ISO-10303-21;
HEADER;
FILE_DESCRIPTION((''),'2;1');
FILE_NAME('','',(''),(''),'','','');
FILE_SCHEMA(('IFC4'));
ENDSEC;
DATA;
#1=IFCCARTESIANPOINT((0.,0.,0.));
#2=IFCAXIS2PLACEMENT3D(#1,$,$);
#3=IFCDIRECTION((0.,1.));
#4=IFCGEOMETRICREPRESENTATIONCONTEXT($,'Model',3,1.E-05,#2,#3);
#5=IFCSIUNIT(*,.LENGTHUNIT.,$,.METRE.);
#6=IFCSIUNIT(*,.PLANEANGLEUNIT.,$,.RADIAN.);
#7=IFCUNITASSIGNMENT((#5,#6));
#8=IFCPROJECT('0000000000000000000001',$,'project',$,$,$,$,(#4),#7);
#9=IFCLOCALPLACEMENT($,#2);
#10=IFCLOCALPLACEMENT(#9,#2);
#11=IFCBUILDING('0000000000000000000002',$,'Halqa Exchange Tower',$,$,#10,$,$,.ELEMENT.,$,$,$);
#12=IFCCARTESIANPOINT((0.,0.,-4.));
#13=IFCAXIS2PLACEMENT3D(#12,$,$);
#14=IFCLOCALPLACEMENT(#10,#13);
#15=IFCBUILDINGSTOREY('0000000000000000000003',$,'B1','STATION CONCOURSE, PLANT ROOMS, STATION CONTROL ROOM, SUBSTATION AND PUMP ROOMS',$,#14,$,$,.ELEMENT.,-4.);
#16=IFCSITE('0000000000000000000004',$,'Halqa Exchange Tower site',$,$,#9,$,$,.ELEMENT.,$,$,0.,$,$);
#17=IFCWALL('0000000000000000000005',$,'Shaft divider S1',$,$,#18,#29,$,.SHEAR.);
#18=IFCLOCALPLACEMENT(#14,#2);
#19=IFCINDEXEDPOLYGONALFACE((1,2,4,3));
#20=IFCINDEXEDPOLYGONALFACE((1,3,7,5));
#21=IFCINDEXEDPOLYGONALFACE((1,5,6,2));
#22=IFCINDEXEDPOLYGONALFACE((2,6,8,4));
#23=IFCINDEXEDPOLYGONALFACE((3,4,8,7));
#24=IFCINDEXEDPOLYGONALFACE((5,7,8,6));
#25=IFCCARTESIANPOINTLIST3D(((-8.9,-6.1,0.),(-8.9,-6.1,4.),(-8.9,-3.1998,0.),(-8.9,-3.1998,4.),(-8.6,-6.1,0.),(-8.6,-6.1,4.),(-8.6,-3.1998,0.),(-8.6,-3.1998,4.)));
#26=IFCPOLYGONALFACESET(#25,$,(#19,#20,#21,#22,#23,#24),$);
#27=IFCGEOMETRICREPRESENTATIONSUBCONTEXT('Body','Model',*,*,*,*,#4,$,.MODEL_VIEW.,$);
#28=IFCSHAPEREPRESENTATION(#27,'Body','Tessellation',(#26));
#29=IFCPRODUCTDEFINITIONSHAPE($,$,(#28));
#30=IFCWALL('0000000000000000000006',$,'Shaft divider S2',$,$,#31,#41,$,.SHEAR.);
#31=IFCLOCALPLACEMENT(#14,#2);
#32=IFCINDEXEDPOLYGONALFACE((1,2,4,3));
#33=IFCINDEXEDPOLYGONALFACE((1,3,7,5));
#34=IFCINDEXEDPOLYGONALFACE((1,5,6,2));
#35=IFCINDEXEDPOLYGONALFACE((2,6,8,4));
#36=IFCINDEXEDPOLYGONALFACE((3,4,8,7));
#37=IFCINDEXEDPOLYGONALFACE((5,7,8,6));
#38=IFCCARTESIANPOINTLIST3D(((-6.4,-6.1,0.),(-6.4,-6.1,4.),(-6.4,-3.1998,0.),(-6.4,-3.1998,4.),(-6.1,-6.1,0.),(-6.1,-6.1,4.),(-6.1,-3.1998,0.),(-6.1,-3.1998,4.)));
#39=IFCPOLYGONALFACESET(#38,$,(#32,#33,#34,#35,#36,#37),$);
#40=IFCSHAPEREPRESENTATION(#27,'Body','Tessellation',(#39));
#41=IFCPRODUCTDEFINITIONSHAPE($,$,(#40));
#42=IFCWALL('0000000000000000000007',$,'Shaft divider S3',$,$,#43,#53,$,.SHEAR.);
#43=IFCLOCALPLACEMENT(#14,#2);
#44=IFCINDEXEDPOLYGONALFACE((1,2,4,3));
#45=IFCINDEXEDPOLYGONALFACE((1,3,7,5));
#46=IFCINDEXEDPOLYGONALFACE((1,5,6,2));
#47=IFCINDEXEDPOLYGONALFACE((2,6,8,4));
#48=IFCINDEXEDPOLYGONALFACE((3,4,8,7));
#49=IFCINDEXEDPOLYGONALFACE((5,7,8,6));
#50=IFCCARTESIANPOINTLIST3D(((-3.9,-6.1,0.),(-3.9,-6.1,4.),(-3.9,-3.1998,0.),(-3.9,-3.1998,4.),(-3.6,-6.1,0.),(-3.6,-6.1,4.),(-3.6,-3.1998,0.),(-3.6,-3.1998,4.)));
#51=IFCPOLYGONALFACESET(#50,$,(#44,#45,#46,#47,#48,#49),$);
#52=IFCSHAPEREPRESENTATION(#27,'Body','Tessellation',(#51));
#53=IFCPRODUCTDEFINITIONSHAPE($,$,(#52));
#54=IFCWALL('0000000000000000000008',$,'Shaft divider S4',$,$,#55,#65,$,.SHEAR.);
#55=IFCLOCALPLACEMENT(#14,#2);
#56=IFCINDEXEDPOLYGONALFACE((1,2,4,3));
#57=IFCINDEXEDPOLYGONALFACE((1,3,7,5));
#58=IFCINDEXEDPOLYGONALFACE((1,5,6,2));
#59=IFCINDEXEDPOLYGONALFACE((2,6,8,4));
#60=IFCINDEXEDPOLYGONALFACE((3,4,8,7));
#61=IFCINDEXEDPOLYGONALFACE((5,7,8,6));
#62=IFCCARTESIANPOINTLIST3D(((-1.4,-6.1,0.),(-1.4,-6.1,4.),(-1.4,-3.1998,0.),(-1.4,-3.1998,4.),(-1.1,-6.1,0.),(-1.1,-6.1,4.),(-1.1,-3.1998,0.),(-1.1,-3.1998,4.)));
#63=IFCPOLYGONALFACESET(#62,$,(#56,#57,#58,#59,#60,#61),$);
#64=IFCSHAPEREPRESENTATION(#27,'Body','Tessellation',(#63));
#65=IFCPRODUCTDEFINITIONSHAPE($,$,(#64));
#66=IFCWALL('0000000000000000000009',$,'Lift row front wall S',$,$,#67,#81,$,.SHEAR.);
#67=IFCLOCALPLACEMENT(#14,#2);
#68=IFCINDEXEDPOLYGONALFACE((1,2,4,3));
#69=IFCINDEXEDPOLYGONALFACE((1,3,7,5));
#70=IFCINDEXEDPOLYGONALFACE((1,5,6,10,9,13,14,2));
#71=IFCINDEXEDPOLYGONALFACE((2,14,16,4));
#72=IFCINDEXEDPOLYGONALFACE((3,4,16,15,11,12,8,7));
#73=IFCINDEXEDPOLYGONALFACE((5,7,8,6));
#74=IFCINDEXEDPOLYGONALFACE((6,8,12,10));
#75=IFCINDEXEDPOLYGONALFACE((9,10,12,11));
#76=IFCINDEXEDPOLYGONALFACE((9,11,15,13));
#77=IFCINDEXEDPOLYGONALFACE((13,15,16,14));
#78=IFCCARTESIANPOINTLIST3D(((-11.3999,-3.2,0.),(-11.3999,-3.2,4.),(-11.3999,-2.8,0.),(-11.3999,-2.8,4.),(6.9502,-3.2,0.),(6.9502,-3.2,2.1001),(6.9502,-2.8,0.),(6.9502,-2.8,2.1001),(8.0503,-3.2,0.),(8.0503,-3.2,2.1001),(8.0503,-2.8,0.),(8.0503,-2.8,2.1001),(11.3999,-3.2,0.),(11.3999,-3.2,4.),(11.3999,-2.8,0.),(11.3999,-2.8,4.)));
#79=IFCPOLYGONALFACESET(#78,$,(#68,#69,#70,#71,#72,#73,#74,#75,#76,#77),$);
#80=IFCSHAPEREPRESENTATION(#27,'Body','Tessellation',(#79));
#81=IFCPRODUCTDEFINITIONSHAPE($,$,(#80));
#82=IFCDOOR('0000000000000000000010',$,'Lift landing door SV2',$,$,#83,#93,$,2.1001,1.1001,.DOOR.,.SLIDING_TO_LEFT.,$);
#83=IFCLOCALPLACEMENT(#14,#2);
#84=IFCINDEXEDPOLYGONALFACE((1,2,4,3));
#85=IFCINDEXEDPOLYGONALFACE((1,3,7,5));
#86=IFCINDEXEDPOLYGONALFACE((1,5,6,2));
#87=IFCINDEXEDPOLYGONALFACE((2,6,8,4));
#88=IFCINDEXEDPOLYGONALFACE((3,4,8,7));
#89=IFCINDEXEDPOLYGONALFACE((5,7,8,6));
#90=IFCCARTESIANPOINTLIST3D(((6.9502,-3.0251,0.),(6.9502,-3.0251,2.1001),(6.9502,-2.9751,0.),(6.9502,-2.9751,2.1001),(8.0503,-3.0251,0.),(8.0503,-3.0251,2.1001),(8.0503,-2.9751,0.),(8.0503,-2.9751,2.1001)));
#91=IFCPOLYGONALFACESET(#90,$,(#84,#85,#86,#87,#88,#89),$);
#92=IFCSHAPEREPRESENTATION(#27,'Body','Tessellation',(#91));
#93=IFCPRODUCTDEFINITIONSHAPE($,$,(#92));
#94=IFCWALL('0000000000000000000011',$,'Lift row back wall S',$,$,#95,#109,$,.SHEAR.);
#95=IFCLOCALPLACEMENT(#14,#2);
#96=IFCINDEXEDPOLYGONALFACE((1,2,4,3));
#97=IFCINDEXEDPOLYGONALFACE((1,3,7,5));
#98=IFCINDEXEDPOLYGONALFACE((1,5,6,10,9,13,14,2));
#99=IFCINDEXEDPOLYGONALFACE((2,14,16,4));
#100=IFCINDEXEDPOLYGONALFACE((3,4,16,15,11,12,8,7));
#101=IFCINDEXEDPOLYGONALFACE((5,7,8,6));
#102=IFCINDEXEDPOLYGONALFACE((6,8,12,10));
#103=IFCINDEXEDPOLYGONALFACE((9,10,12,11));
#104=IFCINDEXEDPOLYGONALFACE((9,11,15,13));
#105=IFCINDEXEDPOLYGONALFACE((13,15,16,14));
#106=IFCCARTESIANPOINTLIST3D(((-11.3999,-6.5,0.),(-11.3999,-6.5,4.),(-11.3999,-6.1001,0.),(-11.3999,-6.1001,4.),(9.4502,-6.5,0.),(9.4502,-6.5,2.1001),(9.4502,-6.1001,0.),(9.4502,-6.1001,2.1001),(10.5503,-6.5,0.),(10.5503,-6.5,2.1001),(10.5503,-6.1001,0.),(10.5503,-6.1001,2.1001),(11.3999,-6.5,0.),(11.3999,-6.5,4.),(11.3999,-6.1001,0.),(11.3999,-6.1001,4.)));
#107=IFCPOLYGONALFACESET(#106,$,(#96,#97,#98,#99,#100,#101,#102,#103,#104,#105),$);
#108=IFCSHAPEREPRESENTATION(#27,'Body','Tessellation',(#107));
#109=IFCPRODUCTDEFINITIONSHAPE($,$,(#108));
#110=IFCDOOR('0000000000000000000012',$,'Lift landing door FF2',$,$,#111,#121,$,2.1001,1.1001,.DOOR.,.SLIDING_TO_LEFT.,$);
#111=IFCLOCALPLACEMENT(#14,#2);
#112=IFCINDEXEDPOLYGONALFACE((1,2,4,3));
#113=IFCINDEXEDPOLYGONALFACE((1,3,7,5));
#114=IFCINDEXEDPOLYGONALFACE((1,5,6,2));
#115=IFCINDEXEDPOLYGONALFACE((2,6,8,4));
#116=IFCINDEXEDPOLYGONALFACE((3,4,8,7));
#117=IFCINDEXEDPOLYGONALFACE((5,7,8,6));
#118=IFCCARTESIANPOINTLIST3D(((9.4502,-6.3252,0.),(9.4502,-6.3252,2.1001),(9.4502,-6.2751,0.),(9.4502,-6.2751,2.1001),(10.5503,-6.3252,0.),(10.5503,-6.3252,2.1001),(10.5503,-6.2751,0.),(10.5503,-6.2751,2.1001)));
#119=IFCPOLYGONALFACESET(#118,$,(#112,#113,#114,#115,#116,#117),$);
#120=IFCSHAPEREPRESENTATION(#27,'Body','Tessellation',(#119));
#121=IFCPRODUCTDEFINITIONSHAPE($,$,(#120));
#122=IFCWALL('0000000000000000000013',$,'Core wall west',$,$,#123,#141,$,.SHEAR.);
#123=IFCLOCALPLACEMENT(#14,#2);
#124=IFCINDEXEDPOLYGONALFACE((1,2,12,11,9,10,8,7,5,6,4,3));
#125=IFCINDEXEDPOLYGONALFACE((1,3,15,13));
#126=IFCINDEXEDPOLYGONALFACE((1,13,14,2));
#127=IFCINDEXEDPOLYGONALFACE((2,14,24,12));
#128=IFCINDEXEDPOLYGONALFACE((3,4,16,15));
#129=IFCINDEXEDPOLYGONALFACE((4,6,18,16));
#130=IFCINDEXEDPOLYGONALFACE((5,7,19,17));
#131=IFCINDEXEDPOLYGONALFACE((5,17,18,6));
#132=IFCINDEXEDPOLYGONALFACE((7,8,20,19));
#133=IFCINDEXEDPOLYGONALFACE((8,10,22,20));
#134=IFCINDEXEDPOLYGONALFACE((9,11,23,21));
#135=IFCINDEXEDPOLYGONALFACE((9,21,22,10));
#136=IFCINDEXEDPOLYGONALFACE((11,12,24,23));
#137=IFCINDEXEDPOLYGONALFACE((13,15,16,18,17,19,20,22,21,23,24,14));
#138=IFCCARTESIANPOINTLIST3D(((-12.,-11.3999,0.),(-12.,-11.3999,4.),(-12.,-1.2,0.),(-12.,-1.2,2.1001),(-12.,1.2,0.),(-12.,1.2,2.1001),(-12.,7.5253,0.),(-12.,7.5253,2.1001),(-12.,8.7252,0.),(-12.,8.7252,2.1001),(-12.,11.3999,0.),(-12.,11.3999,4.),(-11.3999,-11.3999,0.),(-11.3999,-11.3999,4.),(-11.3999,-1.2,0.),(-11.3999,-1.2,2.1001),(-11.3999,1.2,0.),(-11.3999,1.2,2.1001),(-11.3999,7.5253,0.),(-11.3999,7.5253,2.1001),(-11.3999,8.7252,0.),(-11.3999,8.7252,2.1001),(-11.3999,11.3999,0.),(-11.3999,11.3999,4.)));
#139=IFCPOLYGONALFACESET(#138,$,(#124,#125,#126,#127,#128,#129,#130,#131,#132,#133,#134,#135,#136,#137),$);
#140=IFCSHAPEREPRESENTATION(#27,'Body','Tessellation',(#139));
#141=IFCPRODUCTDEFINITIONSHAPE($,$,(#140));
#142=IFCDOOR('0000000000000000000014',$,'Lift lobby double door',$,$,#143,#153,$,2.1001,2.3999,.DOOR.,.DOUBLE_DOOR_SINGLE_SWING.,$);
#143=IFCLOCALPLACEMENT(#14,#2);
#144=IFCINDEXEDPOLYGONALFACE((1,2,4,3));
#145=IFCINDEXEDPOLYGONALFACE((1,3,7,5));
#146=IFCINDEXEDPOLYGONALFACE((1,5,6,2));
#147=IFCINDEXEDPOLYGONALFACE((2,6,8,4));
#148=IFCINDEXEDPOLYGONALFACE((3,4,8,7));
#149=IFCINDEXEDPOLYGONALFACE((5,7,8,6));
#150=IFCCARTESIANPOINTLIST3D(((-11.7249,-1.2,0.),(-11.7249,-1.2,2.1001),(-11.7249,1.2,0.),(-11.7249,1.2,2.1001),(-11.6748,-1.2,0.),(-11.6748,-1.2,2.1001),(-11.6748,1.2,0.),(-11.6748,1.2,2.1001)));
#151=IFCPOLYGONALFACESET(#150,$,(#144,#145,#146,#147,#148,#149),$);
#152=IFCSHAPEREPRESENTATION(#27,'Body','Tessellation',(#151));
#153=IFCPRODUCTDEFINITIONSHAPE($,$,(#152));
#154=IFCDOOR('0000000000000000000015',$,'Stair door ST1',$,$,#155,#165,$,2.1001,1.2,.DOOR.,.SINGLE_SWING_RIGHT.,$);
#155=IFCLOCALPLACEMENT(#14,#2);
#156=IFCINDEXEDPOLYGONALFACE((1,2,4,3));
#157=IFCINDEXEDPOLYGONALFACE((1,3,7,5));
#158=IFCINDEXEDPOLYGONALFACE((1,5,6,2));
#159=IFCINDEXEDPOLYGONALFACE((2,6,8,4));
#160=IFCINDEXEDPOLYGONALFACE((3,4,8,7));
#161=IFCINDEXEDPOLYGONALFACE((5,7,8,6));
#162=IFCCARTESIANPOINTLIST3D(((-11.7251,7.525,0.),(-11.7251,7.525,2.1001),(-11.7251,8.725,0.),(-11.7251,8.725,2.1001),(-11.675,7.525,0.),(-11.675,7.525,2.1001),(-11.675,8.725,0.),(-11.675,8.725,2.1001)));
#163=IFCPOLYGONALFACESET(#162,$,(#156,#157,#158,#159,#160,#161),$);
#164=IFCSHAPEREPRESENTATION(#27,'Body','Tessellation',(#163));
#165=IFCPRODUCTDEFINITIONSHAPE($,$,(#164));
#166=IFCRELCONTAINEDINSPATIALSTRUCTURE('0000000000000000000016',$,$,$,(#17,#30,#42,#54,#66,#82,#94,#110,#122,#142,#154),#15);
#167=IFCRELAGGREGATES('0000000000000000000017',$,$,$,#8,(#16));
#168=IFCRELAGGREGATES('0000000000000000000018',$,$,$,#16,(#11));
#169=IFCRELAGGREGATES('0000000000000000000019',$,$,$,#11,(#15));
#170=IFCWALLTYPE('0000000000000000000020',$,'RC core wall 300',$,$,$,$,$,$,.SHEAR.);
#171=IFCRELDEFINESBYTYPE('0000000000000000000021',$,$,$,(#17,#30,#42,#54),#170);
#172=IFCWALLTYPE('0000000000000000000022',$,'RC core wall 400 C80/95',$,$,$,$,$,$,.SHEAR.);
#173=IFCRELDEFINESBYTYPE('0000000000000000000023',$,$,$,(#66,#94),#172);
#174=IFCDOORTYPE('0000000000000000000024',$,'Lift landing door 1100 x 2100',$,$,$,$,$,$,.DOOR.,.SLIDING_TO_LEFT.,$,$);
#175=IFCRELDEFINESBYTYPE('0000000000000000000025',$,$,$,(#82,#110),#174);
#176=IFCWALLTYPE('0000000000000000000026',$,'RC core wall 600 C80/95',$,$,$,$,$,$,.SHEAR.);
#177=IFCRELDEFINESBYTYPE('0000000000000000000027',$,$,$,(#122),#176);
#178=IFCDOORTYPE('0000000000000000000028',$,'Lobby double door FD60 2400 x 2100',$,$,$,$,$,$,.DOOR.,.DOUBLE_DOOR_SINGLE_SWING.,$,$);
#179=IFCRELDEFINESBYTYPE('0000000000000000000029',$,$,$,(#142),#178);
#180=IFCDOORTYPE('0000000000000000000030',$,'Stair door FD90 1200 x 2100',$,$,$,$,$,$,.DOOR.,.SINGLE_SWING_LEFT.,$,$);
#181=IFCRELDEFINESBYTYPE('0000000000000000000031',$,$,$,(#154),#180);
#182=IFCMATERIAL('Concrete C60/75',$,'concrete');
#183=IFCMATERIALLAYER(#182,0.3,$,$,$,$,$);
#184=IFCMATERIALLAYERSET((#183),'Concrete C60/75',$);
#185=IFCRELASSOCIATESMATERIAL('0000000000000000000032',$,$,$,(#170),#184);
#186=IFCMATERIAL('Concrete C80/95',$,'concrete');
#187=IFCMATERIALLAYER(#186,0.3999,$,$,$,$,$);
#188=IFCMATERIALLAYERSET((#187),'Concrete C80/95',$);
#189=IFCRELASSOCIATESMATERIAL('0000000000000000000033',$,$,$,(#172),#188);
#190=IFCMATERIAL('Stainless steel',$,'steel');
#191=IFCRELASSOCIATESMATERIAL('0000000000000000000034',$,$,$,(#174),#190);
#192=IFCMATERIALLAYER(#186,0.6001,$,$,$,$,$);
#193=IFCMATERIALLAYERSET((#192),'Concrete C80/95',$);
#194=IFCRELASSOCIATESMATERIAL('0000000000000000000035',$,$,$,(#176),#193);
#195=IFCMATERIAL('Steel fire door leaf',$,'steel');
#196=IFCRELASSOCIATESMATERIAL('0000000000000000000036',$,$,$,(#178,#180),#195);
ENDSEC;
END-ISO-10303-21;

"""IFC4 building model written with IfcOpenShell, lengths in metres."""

from ifc_helpers import new_model, si_unit, direction, frame, frame_2d, origin, place, context, subcontext, project, spatial, rectangle, extrude, material, layer, layer_set, type_object, element, fill, save


model = new_model("IFC4")

# Units and contexts
model_context = context("Model", 3, precision=1e-05, world=origin(), true_north=direction((0.0, 1.0)))
body_context = subcontext(model_context, "Body", "Model", "MODEL_VIEW")
ifc_project = project(units=[si_unit("LENGTHUNIT", "METRE"), si_unit("PLANEANGLEUNIT", "RADIAN")], contexts=[model_context])

# Site, building, storey
site_placement = place(None, origin())
site = spatial("IfcSite", under=ifc_project, at=site_placement, Name="Halqa Exchange Tower site", CompositionType="ELEMENT", RefElevation=0.0)
building_placement = place(site_placement, origin())
building = spatial("IfcBuilding", under=site, at=building_placement, Name="Halqa Exchange Tower", CompositionType="ELEMENT")
storey_placement = place(building_placement, frame((0.0, 0.0, -4.0)))
storey = spatial("IfcBuildingStorey", under=building, at=storey_placement, Name="B1", Description="STATION CONCOURSE, PLANT ROOMS, STATION CONTROL ROOM, SUBSTATION AND PUMP ROOMS", CompositionType="ELEMENT", Elevation=-4.0)

# Shared definitions
ifc_material_1 = material(Name="Concrete C60/75", Category="concrete")

# Shared definitions
ifc_material_2 = material(Name="Steel fire door leaf", Category="steel")

# Walls
ifc_layer_1 = layer(ifc_material_1, 0.3)
ifc_layer_set_1 = layer_set([ifc_layer_1], Name="Concrete C60/75")
wall_type_1 = type_object("IfcWallType", Name="RC core wall 300", PredefinedType="SHEAR", material=ifc_layer_set_1)
for number, where, z_axis, x_axis, name in (
    (1, (-8.75, -6.1001, 0.0), (0.0, 0.0, 1.0), (0.0, 1.0, 0.0), "Shaft divider S1"),
    (2, (-6.25, -6.1001, 0.0), (0.0, 0.0, 1.0), (0.0, 1.0, 0.0), "Shaft divider S2"),
    (3, (-3.75, -6.1001, 0.0), (0.0, 0.0, 1.0), (0.0, 1.0, 0.0), "Shaft divider S3"),
    (4, (-1.25, -6.1001, 0.0), (0.0, 0.0, 1.0), (0.0, 1.0, 0.0), "Shaft divider S4"),
):
    element("IfcWall", number, at=place(storey_placement, frame(where, z_axis=z_axis, x_axis=x_axis)), inside=storey, type_object=wall_type_1, Name=name, PredefinedType="SHEAR", context=body_context, shape_type="SweptSolid", body=[
        extrude(rectangle(XDim=2.9001, YDim=0.3, at=frame_2d((1.4502, 0.0))), origin(), (0.0, 0.0, 1.0), 4.0),
    ])

# Walls, openings, doors
ifc_material_3 = material(Name="Concrete C80/95", Category="concrete")
ifc_layer_2 = layer(ifc_material_3, 0.3999)
ifc_layer_set_2 = layer_set([ifc_layer_2], Name="Concrete C80/95")
wall_type_2 = type_object("IfcWallType", Name="RC core wall 400 C80/95", PredefinedType="SHEAR", material=ifc_layer_set_2)
wall_1_placement = place(storey_placement, frame((-11.3999, -3.0, 0.0), z_axis=(0.0, 0.0, 1.0), x_axis=(1.0, 0.0, 0.0)))
wall_1 = element("IfcWall", 5, at=wall_1_placement, inside=storey, type_object=wall_type_2, Name="Lift row front wall S", PredefinedType="SHEAR", context=body_context, shape_type="SweptSolid", body=[
    extrude(rectangle(XDim=22.7998, YDim=0.3999, at=frame_2d((11.3999, 0.0))), origin(), (0.0, 0.0, 1.0), 4.0),
])
opening_1_placement = place(wall_1_placement, frame((18.3501, 0.0, 0.0)))
opening_1 = element("IfcOpeningElement", 6, at=opening_1_placement, cuts=wall_1, PredefinedType="OPENING", context=body_context, shape_type="SweptSolid", body=[
    extrude(rectangle(XDim=1.1001, YDim=2.1001, at=frame_2d((0.55, 1.05))), frame((0.0, 0.2119, 0.0), z_axis=(0.0, -1.0, 0.0), x_axis=(1.0, 0.0, 0.0)), (0.0, 0.0, 1.0), 0.4238),
])
ifc_material_4 = material(Name="Stainless steel", Category="steel")
door_type_1 = type_object("IfcDoorType", Name="Lift landing door 1100 x 2100", OperationType="SLIDING_TO_LEFT", PredefinedType="DOOR", material=ifc_material_4)
door_1_placement = place(opening_1_placement, origin())
door_1 = element("IfcDoor", 7, at=door_1_placement, inside=storey, type_object=door_type_1, Name="Lift landing door SV2", OperationType="SLIDING_TO_LEFT", OverallHeight=2.1001, OverallWidth=1.1001, PredefinedType="DOOR", context=body_context, shape_type="SweptSolid", body=[
    extrude(rectangle(XDim=1.1001, YDim=2.1001, at=frame_2d((0.55, 1.05))), frame((0.0, 0.0249, 0.0), z_axis=(0.0, -1.0, 0.0), x_axis=(1.0, 0.0, 0.0)), (0.0, 0.0, 1.0), 0.05),
])
fill(opening_1, door_1)
wall_2_placement = place(storey_placement, frame((-11.3999, -6.3, 0.0), z_axis=(0.0, 0.0, 1.0), x_axis=(1.0, 0.0, 0.0)))
wall_2 = element("IfcWall", 8, at=wall_2_placement, inside=storey, type_object=wall_type_2, Name="Lift row back wall S", PredefinedType="SHEAR", context=body_context, shape_type="SweptSolid", body=[
    extrude(rectangle(XDim=22.7998, YDim=0.3999, at=frame_2d((11.3999, 0.0))), origin(), (0.0, 0.0, 1.0), 4.0),
])
opening_2_placement = place(wall_2_placement, frame((20.8501, 0.0, 0.0)))
opening_2 = element("IfcOpeningElement", 9, at=opening_2_placement, cuts=wall_2, PredefinedType="OPENING", context=body_context, shape_type="SweptSolid", body=[
    extrude(rectangle(XDim=1.1001, YDim=2.1001, at=frame_2d((0.55, 1.05))), frame((0.0, 0.2119, 0.0), z_axis=(0.0, -1.0, 0.0), x_axis=(1.0, 0.0, 0.0)), (0.0, 0.0, 1.0), 0.4238),
])
door_2_placement = place(opening_2_placement, origin())
door_2 = element("IfcDoor", 10, at=door_2_placement, inside=storey, type_object=door_type_1, Name="Lift landing door FF2", OperationType="SLIDING_TO_LEFT", OverallHeight=2.1001, OverallWidth=1.1001, PredefinedType="DOOR", context=body_context, shape_type="SweptSolid", body=[
    extrude(rectangle(XDim=1.1001, YDim=2.1001, at=frame_2d((0.55, 1.05))), frame((0.0, 0.0249, 0.0), z_axis=(0.0, -1.0, 0.0), x_axis=(1.0, 0.0, 0.0)), (0.0, 0.0, 1.0), 0.05),
])
fill(opening_2, door_2)

# Wall, openings, doors
ifc_layer_3 = layer(ifc_material_3, 0.6001)
ifc_layer_set_3 = layer_set([ifc_layer_3], Name="Concrete C80/95")
wall_type_3 = type_object("IfcWallType", Name="RC core wall 600 C80/95", PredefinedType="SHEAR", material=ifc_layer_set_3)
wall_3_placement = place(storey_placement, frame((-11.7, -11.3999, 0.0), z_axis=(0.0, 0.0, 1.0), x_axis=(0.0, 1.0, 0.0)))
wall_3 = element("IfcWall", 11, at=wall_3_placement, inside=storey, type_object=wall_type_3, Name="Core wall west", PredefinedType="SHEAR", context=body_context, shape_type="SweptSolid", body=[
    extrude(rectangle(XDim=22.7998, YDim=0.6001, at=frame_2d((11.3999, 0.0))), origin(), (0.0, 0.0, 1.0), 4.0),
])
opening_3_placement = place(wall_3_placement, frame((10.2, 0.0, 0.0)))
opening_3 = element("IfcOpeningElement", 12, at=opening_3_placement, cuts=wall_3, PredefinedType="OPENING", context=body_context, shape_type="SweptSolid", body=[
    extrude(rectangle(XDim=2.3999, YDim=2.1001, at=frame_2d((1.2, 1.05))), frame((0.0, 0.312, 0.0), z_axis=(0.0, -1.0, 0.0), x_axis=(1.0, 0.0, 0.0)), (0.0, 0.0, 1.0), 0.624),
])
opening_4_placement = place(wall_3_placement, frame((18.925, 0.0, 0.0)))
opening_4 = element("IfcOpeningElement", 13, at=opening_4_placement, cuts=wall_3, PredefinedType="OPENING", context=body_context, shape_type="SweptSolid", body=[
    extrude(rectangle(XDim=1.2, YDim=2.1001, at=frame_2d((0.6001, 1.05))), frame((0.0, 0.312, 0.0), z_axis=(0.0, -1.0, 0.0), x_axis=(1.0, 0.0, 0.0)), (0.0, 0.0, 1.0), 0.624),
])
door_type_2 = type_object("IfcDoorType", Name="Lobby double door FD60 2400 x 2100", OperationType="DOUBLE_DOOR_SINGLE_SWING", PredefinedType="DOOR", material=ifc_material_2)
door_3_placement = place(opening_3_placement, origin())
door_3 = element("IfcDoor", 14, at=door_3_placement, inside=storey, type_object=door_type_2, Name="Lift lobby double door", OperationType="DOUBLE_DOOR_SINGLE_SWING", OverallHeight=2.1001, OverallWidth=2.3999, PredefinedType="DOOR", context=body_context, shape_type="SweptSolid", body=[
    extrude(rectangle(XDim=2.3999, YDim=2.1001, at=frame_2d((1.2, 1.05))), frame((0.0, 0.0249, 0.0), z_axis=(0.0, -1.0, 0.0), x_axis=(1.0, 0.0, 0.0)), (0.0, 0.0, 1.0), 0.05),
])
fill(opening_3, door_3)
door_type_3 = type_object("IfcDoorType", Name="Stair door FD90 1200 x 2100", OperationType="SINGLE_SWING_LEFT", PredefinedType="DOOR", material=ifc_material_2)
door_4_placement = place(opening_4_placement, frame((1.2, 0.0, 0.0), z_axis=(0.0, 0.0, 1.0), x_axis=(-1.0, 0.0, 0.0)))
door_4 = element("IfcDoor", 15, at=door_4_placement, inside=storey, type_object=door_type_3, Name="Stair door ST1", OperationType="SINGLE_SWING_RIGHT", OverallHeight=2.1001, OverallWidth=1.2, PredefinedType="DOOR", context=body_context, shape_type="SweptSolid", body=[
    extrude(rectangle(XDim=1.2, YDim=2.1001, at=frame_2d((0.6001, 1.05))), frame((0.0, 0.0249, 0.0), z_axis=(0.0, -1.0, 0.0), x_axis=(1.0, 0.0, 0.0)), (0.0, 0.0, 1.0), 0.05),
])
fill(opening_4, door_4)

save(model, "model.ifc")
